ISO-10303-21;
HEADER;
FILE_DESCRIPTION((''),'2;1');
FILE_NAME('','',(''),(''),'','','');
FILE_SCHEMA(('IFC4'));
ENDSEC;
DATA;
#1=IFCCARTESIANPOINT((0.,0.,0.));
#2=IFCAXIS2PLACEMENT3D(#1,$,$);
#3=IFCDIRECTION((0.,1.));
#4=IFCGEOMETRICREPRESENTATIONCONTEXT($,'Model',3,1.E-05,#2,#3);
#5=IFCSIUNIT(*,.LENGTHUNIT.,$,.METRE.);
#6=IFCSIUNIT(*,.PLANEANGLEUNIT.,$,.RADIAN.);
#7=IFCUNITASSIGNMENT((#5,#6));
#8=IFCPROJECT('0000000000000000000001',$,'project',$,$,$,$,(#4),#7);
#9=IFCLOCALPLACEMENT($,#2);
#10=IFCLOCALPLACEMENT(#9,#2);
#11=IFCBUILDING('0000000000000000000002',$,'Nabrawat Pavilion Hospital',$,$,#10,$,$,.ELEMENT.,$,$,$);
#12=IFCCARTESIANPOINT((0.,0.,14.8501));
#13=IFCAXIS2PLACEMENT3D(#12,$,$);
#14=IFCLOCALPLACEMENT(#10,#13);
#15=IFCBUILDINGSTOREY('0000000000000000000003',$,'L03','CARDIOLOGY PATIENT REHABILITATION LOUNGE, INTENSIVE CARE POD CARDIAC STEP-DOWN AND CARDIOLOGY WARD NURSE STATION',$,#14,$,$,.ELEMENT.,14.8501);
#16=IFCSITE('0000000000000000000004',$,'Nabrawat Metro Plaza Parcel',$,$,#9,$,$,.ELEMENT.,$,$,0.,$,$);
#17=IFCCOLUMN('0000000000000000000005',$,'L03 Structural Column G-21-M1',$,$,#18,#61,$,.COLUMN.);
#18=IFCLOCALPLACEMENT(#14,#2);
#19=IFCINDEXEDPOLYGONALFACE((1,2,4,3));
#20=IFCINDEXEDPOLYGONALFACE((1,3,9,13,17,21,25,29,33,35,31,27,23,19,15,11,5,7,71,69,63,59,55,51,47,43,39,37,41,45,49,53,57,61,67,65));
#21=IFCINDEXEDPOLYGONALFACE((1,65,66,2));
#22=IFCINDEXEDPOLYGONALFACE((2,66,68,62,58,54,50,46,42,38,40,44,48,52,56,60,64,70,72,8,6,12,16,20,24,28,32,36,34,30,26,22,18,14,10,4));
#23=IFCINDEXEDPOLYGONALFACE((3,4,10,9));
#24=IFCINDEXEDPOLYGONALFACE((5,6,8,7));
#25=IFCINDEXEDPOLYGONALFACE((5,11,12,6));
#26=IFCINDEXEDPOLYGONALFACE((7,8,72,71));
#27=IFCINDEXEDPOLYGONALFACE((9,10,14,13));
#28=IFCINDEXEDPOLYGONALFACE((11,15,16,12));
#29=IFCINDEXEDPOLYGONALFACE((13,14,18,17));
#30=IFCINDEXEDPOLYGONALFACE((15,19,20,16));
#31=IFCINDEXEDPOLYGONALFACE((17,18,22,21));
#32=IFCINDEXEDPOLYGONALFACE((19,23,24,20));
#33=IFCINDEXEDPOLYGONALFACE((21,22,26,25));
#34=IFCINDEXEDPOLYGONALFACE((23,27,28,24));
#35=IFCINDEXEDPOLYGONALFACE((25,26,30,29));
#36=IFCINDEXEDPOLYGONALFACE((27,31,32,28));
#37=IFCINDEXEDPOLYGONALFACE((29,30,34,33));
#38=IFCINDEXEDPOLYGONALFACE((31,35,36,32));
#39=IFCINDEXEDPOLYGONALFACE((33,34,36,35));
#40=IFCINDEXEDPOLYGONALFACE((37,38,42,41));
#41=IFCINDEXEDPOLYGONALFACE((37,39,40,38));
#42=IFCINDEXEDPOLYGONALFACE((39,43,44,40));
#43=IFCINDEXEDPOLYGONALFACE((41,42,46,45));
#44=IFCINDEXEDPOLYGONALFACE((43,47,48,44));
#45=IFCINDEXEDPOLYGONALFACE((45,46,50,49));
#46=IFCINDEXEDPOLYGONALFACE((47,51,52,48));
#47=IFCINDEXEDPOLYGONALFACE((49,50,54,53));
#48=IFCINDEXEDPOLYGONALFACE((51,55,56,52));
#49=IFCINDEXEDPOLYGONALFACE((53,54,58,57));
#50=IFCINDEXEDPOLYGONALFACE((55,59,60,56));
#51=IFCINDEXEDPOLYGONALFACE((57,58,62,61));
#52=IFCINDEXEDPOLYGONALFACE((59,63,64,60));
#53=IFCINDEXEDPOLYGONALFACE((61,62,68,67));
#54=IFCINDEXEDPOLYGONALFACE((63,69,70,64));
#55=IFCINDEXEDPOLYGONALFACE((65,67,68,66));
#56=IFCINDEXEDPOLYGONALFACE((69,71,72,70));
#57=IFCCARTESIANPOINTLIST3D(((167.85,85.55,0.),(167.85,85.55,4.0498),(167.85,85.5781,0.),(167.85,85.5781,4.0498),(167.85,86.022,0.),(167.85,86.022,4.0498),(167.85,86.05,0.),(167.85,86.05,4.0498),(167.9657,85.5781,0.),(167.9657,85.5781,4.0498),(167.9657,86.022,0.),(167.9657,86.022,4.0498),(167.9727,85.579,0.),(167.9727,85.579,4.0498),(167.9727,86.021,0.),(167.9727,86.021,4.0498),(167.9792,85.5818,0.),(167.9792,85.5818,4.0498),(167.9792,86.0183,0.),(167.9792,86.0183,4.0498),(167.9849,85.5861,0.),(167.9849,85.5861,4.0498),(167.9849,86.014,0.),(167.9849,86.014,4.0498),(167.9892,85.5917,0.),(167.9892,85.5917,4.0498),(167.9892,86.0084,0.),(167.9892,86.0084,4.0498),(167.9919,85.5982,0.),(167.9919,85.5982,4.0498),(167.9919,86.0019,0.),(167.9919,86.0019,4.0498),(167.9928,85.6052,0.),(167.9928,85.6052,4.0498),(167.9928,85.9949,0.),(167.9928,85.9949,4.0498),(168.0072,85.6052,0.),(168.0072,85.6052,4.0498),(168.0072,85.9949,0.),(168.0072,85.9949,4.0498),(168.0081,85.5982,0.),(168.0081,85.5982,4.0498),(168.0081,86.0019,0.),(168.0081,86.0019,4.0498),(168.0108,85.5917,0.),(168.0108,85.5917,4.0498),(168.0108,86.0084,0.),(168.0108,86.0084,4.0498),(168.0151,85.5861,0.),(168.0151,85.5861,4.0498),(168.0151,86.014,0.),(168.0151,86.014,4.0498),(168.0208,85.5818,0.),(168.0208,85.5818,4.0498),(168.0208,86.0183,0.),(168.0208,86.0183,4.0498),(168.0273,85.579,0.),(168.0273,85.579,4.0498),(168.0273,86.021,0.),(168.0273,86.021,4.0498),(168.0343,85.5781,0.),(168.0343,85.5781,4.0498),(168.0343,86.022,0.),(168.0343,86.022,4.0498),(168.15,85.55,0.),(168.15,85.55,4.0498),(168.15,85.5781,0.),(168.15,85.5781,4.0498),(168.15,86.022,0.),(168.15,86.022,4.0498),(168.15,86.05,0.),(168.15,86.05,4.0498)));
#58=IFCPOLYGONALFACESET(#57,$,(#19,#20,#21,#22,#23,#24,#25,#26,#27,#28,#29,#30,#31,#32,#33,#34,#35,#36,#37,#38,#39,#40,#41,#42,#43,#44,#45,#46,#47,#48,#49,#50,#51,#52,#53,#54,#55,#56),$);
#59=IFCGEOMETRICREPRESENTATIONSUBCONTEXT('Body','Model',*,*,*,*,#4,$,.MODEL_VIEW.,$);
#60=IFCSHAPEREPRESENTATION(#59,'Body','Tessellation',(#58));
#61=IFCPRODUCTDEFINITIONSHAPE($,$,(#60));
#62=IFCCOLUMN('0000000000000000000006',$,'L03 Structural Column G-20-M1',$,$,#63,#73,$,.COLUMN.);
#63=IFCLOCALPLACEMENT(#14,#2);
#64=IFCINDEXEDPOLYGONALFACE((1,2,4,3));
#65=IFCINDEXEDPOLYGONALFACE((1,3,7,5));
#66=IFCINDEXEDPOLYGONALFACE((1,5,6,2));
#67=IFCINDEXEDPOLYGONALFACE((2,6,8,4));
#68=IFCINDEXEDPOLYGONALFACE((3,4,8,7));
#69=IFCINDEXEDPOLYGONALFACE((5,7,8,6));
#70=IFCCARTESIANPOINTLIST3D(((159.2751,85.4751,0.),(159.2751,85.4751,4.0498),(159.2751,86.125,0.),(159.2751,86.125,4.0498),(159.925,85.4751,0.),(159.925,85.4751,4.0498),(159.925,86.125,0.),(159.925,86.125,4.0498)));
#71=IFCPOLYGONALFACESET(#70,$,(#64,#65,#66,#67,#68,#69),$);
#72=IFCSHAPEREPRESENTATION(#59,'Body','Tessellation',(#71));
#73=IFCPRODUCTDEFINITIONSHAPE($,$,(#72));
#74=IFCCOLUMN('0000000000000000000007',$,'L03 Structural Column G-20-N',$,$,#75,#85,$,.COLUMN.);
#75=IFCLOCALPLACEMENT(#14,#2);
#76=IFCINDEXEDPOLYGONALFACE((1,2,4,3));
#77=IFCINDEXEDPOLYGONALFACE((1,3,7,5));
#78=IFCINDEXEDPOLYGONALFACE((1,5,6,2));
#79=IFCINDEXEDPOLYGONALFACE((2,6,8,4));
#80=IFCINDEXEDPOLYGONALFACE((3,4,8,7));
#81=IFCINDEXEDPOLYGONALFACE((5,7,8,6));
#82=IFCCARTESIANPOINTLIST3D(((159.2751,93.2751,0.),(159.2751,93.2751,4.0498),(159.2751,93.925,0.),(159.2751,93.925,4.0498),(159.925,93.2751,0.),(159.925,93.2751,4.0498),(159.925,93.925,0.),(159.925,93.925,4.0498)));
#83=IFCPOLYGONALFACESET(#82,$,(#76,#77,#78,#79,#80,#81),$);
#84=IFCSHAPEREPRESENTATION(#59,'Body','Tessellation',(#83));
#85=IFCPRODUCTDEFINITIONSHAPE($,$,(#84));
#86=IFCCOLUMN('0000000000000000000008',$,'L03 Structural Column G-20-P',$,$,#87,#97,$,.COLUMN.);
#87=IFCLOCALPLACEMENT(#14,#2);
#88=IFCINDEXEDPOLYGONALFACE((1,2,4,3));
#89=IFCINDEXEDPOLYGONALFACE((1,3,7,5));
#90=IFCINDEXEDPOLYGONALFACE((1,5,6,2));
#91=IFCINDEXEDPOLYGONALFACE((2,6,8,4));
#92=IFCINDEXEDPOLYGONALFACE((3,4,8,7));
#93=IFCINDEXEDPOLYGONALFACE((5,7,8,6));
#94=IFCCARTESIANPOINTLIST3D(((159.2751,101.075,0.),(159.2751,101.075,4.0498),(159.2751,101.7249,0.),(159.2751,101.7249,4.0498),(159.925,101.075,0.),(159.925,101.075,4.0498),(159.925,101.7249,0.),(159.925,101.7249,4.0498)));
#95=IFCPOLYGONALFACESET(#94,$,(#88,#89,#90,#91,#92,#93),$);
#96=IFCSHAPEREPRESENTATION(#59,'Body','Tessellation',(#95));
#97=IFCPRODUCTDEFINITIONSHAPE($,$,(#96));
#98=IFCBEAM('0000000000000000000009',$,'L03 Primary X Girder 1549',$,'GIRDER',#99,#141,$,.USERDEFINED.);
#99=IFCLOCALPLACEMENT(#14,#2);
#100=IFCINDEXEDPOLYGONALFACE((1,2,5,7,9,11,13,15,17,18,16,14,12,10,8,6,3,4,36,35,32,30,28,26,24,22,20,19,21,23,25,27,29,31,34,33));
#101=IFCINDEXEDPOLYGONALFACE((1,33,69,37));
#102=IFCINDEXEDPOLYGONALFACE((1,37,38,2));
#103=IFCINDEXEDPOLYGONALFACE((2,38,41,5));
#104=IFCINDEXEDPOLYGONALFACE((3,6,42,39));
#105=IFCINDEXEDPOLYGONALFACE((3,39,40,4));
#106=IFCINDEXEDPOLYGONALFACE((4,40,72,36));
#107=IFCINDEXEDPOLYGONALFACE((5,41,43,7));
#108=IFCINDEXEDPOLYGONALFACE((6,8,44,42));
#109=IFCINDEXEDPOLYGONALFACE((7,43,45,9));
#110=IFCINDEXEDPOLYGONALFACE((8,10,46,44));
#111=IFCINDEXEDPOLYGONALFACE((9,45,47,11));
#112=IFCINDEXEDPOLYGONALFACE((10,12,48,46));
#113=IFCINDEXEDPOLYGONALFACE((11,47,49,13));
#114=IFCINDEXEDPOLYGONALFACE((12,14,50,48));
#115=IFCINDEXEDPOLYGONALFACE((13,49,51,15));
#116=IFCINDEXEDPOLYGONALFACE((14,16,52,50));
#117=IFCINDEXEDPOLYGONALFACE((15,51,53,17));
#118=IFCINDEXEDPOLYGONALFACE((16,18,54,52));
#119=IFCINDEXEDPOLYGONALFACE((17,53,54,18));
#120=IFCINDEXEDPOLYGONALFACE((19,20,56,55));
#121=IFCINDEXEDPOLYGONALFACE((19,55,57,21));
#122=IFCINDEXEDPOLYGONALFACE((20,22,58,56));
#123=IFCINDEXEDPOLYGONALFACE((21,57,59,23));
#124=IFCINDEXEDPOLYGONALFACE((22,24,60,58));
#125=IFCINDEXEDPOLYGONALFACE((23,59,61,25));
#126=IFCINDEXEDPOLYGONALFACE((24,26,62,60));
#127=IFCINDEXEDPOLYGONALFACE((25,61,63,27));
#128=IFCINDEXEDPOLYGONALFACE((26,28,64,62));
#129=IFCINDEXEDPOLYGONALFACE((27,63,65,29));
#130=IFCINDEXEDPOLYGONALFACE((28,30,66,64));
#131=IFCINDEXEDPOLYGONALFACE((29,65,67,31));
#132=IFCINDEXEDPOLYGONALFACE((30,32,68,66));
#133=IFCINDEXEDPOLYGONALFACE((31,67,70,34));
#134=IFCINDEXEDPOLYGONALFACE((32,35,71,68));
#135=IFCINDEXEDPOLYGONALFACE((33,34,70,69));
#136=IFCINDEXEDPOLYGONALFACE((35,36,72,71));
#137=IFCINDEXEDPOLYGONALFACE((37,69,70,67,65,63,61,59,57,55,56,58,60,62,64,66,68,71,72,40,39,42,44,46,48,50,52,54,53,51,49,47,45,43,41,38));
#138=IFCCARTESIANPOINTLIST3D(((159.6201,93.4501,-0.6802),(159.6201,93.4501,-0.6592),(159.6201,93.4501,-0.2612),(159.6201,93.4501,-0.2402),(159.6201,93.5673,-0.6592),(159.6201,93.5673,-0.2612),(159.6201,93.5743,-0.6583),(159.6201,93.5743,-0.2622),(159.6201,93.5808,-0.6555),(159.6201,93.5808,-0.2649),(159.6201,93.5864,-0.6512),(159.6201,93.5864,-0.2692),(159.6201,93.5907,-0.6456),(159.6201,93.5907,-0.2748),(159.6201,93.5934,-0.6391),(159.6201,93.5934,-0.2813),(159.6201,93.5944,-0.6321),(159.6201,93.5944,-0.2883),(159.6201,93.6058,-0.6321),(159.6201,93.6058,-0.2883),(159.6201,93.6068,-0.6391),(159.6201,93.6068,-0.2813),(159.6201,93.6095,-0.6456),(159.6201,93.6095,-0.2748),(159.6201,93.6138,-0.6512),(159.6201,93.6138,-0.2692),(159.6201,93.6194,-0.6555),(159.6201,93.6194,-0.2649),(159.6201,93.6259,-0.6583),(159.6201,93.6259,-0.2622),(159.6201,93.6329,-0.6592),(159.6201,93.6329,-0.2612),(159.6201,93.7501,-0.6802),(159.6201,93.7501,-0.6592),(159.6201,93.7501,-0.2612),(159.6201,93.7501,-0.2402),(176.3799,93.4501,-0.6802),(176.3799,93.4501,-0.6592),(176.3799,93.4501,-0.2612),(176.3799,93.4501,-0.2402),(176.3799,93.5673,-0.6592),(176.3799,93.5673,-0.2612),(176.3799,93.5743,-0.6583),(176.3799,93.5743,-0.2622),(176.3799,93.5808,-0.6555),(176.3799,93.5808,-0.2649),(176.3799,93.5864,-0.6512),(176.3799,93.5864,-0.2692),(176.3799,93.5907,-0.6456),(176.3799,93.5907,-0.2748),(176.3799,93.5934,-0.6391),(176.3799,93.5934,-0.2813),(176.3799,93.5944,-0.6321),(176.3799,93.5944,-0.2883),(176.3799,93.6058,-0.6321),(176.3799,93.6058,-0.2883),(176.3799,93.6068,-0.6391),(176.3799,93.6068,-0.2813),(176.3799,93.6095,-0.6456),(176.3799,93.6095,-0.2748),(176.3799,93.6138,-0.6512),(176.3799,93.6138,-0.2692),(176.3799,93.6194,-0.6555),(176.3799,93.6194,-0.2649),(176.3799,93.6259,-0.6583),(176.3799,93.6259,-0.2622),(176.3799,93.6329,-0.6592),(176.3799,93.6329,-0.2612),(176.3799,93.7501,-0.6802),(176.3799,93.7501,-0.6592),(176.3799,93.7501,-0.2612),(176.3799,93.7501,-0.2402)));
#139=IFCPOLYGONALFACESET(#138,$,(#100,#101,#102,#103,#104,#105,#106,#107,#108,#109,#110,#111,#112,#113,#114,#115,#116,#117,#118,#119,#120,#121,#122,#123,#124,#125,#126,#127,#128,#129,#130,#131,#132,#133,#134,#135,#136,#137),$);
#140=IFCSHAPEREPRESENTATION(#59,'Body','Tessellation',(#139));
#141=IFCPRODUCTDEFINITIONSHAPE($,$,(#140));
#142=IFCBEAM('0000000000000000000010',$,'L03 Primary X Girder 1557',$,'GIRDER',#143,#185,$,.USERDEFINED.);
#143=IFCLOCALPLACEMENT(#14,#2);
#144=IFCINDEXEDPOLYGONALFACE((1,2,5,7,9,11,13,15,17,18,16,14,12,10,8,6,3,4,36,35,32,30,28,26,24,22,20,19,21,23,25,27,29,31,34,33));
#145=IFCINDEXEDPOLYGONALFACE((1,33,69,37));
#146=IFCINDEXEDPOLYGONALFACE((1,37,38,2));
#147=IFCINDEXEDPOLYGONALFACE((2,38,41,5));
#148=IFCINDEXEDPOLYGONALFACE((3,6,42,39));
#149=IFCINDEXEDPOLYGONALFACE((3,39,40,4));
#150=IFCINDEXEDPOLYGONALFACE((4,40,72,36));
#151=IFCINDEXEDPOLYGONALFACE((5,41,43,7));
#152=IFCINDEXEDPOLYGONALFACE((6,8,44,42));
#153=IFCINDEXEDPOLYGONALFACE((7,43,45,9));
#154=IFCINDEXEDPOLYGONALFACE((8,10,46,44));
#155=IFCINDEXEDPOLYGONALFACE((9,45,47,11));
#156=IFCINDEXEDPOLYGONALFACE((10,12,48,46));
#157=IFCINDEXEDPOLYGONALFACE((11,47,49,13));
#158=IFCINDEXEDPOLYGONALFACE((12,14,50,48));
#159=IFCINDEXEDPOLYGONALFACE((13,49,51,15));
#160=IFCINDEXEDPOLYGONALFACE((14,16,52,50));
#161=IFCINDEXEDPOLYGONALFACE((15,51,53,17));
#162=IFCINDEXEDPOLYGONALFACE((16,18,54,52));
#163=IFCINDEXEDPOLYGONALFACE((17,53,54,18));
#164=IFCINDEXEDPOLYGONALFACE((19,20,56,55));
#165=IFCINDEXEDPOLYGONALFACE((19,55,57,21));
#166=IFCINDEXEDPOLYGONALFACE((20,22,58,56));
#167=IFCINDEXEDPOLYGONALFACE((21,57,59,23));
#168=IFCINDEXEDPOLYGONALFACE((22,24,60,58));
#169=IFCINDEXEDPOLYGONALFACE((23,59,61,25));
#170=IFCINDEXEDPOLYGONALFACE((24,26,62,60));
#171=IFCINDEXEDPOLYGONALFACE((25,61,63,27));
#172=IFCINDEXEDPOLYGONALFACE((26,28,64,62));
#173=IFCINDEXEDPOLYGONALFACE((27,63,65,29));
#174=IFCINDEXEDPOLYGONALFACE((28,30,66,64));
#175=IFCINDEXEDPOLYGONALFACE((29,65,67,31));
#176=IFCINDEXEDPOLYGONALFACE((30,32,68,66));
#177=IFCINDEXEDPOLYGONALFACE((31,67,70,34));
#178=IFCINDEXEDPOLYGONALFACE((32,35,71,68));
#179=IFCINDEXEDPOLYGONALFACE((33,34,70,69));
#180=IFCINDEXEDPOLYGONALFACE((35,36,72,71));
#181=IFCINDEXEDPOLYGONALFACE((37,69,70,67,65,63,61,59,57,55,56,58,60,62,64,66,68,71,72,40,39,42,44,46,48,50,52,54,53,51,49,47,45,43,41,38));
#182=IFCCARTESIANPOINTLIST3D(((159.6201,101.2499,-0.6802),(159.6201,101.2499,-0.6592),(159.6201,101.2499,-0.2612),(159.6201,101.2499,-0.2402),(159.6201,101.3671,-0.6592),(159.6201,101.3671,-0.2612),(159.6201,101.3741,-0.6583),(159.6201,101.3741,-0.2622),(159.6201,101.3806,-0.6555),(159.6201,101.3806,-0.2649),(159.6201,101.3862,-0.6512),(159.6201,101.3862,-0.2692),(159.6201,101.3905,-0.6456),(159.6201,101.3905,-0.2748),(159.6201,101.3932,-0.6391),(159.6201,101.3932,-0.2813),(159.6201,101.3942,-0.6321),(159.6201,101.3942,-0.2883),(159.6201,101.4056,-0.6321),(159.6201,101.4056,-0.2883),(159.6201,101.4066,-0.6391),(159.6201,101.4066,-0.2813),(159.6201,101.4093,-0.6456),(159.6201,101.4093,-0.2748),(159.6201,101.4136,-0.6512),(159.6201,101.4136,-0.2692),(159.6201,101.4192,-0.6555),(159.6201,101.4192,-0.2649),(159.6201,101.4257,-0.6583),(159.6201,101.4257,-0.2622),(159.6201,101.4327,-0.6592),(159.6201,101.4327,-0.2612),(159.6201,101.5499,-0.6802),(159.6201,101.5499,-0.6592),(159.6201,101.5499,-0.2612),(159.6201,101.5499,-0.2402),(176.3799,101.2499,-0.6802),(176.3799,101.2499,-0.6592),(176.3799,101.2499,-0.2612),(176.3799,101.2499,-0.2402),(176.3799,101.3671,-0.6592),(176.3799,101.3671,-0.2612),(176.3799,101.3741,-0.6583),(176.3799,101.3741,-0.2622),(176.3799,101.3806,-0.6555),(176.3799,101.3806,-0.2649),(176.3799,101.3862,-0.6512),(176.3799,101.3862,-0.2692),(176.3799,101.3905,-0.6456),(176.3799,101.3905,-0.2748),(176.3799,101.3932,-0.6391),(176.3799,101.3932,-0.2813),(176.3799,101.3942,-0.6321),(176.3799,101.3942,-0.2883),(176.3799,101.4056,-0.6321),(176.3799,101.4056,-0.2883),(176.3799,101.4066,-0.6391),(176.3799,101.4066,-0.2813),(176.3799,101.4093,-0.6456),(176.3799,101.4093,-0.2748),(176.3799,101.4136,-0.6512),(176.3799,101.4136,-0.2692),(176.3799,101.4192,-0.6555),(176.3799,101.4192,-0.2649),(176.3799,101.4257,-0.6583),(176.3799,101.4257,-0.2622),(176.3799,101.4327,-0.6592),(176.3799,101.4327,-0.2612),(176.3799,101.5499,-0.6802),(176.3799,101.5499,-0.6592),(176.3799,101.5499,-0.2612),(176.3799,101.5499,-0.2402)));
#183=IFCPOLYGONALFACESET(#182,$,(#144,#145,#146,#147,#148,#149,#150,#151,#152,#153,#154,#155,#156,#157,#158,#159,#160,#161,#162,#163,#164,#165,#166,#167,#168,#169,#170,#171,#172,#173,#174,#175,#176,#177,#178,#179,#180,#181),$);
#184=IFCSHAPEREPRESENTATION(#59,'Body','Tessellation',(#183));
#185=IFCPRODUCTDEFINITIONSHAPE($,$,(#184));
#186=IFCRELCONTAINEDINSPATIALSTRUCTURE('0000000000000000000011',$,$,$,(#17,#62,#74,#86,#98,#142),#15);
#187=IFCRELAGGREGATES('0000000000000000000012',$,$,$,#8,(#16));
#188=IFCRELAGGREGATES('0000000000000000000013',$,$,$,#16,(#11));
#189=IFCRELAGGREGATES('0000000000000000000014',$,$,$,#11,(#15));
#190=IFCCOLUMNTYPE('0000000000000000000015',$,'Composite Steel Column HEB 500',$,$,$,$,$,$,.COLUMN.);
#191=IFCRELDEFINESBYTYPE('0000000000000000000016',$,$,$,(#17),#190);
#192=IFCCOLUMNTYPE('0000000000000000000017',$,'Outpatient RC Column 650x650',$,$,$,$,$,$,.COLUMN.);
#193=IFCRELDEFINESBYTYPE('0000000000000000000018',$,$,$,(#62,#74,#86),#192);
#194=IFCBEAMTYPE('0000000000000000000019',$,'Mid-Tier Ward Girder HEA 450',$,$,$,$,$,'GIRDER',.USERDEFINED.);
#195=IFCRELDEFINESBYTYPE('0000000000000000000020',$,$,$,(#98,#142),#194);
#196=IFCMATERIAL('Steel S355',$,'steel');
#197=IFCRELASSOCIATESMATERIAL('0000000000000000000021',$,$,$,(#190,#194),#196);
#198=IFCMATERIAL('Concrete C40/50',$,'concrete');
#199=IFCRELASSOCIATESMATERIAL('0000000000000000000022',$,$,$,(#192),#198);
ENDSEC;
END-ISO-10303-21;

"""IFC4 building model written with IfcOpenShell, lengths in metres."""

from ifc_helpers import new_model, si_unit, direction, frame, origin, origin_2d, place, context, subcontext, project, spatial, rectangle, i_section, extrude, material, material_profile, profile_set, type_object, element, save


model = new_model("IFC4")

# Units and contexts
model_context = context("Model", 3, precision=1e-05, world=origin(), true_north=direction((0.0, 1.0)))
body_context = subcontext(model_context, "Body", "Model", "MODEL_VIEW")
ifc_project = project(units=[si_unit("LENGTHUNIT", "METRE"), si_unit("PLANEANGLEUNIT", "RADIAN")], contexts=[model_context])

# Site, building, storey
site_placement = place(None, origin())
site = spatial("IfcSite", under=ifc_project, at=site_placement, Name="Nabrawat Metro Plaza Parcel", CompositionType="ELEMENT", RefElevation=0.0)
building_placement = place(site_placement, origin())
building = spatial("IfcBuilding", under=site, at=building_placement, Name="Nabrawat Pavilion Hospital", CompositionType="ELEMENT")
storey_placement = place(building_placement, frame((0.0, 0.0, 14.8501)))
storey = spatial("IfcBuildingStorey", under=building, at=storey_placement, Name="L03", Description="CARDIOLOGY PATIENT REHABILITATION LOUNGE, INTENSIVE CARE POD CARDIAC STEP-DOWN AND CARDIOLOGY WARD NURSE STATION", CompositionType="ELEMENT", Elevation=14.8501)

# Columns
ifc_material_1 = material(Name="Steel S355", Category="steel")
ifc_material_profile_1 = material_profile(ifc_material_1, i_section(OverallWidth=0.3, OverallDepth=0.5, WebThickness=0.0144, FlangeThickness=0.0281, FilletRadius=0.0271, at=origin_2d()), Name="HEB 500")
ifc_profile_set_1 = profile_set([ifc_material_profile_1], Name="Steel S355")
column_type_1 = type_object("IfcColumnType", Name="Composite Steel Column HEB 500", PredefinedType="COLUMN", material=ifc_profile_set_1)
column_placement = place(storey_placement, frame((168.0, 85.8, 0.0), z_axis=(0.0, 0.0, 1.0), x_axis=(1.0, 0.0, 0.0)))
element("IfcColumn", 1, at=column_placement, inside=storey, type_object=column_type_1, Name="L03 Structural Column G-21-M1", PredefinedType="COLUMN", context=body_context, shape_type="SweptSolid", body=[
    extrude(i_section(OverallWidth=0.3, OverallDepth=0.5, WebThickness=0.0144, FlangeThickness=0.0281, FilletRadius=0.0271, at=origin_2d()), origin(), (0.0, 0.0, 1.0), 4.0498),
])
ifc_material_2 = material(Name="Concrete C40/50", Category="concrete")
ifc_material_profile_2 = material_profile(ifc_material_2, rectangle(XDim=0.6499, YDim=0.6499, at=origin_2d()), Name="RC 650x650")
ifc_profile_set_2 = profile_set([ifc_material_profile_2], Name="Concrete C40/50")
column_type_2 = type_object("IfcColumnType", Name="Outpatient RC Column 650x650", PredefinedType="COLUMN", material=ifc_profile_set_2)
for number, where, z_axis, x_axis, name in (
    (2, (159.6001, 85.8, 0.0), (0.0, 0.0, 1.0), (1.0, 0.0, 0.0), "L03 Structural Column G-20-M1"),
    (3, (159.6001, 93.6001, 0.0), (0.0, 0.0, 1.0), (1.0, 0.0, 0.0), "L03 Structural Column G-20-N"),
    (4, (159.6001, 101.3999, 0.0), (0.0, 0.0, 1.0), (1.0, 0.0, 0.0), "L03 Structural Column G-20-P"),
):
    element("IfcColumn", number, at=place(storey_placement, frame(where, z_axis=z_axis, x_axis=x_axis)), inside=storey, type_object=column_type_2, Name=name, PredefinedType="COLUMN", context=body_context, shape_type="SweptSolid", body=[
        extrude(rectangle(XDim=0.6499, YDim=0.6499, at=origin_2d()), origin(), (0.0, 0.0, 1.0), 4.0498),
    ])

# Beams
ifc_material_profile_3 = material_profile(ifc_material_1, i_section(OverallWidth=0.3, OverallDepth=0.4399, WebThickness=0.0115, FlangeThickness=0.021, FilletRadius=0.0271, at=origin_2d()), Name="HEA 450")
ifc_profile_set_3 = profile_set([ifc_material_profile_3], Name="Steel S355")
beam_type_1 = type_object("IfcBeamType", Name="Mid-Tier Ward Girder HEA 450", ElementType="GIRDER", PredefinedType="USERDEFINED", material=ifc_profile_set_3)
for number, where, z_axis, x_axis, name in (
    (5, (159.6201, 93.6001, -0.4602), (1.0, 0.0, 0.0), (0.0, 1.0, 0.0), "L03 Primary X Girder 1549"),
    (6, (159.6201, 101.3999, -0.4602), (1.0, 0.0, 0.0), (0.0, 1.0, 0.0), "L03 Primary X Girder 1557"),
):
    element("IfcBeam", number, at=place(storey_placement, frame(where, z_axis=z_axis, x_axis=x_axis)), inside=storey, type_object=beam_type_1, Name=name, ObjectType="GIRDER", PredefinedType="USERDEFINED", context=body_context, shape_type="SweptSolid", body=[
        extrude(i_section(OverallWidth=0.3, OverallDepth=0.4399, WebThickness=0.0115, FlangeThickness=0.021, FilletRadius=0.0271, at=origin_2d()), origin(), (0.0, 0.0, 1.0), 16.7598),
    ])

save(model, "model.ifc")
